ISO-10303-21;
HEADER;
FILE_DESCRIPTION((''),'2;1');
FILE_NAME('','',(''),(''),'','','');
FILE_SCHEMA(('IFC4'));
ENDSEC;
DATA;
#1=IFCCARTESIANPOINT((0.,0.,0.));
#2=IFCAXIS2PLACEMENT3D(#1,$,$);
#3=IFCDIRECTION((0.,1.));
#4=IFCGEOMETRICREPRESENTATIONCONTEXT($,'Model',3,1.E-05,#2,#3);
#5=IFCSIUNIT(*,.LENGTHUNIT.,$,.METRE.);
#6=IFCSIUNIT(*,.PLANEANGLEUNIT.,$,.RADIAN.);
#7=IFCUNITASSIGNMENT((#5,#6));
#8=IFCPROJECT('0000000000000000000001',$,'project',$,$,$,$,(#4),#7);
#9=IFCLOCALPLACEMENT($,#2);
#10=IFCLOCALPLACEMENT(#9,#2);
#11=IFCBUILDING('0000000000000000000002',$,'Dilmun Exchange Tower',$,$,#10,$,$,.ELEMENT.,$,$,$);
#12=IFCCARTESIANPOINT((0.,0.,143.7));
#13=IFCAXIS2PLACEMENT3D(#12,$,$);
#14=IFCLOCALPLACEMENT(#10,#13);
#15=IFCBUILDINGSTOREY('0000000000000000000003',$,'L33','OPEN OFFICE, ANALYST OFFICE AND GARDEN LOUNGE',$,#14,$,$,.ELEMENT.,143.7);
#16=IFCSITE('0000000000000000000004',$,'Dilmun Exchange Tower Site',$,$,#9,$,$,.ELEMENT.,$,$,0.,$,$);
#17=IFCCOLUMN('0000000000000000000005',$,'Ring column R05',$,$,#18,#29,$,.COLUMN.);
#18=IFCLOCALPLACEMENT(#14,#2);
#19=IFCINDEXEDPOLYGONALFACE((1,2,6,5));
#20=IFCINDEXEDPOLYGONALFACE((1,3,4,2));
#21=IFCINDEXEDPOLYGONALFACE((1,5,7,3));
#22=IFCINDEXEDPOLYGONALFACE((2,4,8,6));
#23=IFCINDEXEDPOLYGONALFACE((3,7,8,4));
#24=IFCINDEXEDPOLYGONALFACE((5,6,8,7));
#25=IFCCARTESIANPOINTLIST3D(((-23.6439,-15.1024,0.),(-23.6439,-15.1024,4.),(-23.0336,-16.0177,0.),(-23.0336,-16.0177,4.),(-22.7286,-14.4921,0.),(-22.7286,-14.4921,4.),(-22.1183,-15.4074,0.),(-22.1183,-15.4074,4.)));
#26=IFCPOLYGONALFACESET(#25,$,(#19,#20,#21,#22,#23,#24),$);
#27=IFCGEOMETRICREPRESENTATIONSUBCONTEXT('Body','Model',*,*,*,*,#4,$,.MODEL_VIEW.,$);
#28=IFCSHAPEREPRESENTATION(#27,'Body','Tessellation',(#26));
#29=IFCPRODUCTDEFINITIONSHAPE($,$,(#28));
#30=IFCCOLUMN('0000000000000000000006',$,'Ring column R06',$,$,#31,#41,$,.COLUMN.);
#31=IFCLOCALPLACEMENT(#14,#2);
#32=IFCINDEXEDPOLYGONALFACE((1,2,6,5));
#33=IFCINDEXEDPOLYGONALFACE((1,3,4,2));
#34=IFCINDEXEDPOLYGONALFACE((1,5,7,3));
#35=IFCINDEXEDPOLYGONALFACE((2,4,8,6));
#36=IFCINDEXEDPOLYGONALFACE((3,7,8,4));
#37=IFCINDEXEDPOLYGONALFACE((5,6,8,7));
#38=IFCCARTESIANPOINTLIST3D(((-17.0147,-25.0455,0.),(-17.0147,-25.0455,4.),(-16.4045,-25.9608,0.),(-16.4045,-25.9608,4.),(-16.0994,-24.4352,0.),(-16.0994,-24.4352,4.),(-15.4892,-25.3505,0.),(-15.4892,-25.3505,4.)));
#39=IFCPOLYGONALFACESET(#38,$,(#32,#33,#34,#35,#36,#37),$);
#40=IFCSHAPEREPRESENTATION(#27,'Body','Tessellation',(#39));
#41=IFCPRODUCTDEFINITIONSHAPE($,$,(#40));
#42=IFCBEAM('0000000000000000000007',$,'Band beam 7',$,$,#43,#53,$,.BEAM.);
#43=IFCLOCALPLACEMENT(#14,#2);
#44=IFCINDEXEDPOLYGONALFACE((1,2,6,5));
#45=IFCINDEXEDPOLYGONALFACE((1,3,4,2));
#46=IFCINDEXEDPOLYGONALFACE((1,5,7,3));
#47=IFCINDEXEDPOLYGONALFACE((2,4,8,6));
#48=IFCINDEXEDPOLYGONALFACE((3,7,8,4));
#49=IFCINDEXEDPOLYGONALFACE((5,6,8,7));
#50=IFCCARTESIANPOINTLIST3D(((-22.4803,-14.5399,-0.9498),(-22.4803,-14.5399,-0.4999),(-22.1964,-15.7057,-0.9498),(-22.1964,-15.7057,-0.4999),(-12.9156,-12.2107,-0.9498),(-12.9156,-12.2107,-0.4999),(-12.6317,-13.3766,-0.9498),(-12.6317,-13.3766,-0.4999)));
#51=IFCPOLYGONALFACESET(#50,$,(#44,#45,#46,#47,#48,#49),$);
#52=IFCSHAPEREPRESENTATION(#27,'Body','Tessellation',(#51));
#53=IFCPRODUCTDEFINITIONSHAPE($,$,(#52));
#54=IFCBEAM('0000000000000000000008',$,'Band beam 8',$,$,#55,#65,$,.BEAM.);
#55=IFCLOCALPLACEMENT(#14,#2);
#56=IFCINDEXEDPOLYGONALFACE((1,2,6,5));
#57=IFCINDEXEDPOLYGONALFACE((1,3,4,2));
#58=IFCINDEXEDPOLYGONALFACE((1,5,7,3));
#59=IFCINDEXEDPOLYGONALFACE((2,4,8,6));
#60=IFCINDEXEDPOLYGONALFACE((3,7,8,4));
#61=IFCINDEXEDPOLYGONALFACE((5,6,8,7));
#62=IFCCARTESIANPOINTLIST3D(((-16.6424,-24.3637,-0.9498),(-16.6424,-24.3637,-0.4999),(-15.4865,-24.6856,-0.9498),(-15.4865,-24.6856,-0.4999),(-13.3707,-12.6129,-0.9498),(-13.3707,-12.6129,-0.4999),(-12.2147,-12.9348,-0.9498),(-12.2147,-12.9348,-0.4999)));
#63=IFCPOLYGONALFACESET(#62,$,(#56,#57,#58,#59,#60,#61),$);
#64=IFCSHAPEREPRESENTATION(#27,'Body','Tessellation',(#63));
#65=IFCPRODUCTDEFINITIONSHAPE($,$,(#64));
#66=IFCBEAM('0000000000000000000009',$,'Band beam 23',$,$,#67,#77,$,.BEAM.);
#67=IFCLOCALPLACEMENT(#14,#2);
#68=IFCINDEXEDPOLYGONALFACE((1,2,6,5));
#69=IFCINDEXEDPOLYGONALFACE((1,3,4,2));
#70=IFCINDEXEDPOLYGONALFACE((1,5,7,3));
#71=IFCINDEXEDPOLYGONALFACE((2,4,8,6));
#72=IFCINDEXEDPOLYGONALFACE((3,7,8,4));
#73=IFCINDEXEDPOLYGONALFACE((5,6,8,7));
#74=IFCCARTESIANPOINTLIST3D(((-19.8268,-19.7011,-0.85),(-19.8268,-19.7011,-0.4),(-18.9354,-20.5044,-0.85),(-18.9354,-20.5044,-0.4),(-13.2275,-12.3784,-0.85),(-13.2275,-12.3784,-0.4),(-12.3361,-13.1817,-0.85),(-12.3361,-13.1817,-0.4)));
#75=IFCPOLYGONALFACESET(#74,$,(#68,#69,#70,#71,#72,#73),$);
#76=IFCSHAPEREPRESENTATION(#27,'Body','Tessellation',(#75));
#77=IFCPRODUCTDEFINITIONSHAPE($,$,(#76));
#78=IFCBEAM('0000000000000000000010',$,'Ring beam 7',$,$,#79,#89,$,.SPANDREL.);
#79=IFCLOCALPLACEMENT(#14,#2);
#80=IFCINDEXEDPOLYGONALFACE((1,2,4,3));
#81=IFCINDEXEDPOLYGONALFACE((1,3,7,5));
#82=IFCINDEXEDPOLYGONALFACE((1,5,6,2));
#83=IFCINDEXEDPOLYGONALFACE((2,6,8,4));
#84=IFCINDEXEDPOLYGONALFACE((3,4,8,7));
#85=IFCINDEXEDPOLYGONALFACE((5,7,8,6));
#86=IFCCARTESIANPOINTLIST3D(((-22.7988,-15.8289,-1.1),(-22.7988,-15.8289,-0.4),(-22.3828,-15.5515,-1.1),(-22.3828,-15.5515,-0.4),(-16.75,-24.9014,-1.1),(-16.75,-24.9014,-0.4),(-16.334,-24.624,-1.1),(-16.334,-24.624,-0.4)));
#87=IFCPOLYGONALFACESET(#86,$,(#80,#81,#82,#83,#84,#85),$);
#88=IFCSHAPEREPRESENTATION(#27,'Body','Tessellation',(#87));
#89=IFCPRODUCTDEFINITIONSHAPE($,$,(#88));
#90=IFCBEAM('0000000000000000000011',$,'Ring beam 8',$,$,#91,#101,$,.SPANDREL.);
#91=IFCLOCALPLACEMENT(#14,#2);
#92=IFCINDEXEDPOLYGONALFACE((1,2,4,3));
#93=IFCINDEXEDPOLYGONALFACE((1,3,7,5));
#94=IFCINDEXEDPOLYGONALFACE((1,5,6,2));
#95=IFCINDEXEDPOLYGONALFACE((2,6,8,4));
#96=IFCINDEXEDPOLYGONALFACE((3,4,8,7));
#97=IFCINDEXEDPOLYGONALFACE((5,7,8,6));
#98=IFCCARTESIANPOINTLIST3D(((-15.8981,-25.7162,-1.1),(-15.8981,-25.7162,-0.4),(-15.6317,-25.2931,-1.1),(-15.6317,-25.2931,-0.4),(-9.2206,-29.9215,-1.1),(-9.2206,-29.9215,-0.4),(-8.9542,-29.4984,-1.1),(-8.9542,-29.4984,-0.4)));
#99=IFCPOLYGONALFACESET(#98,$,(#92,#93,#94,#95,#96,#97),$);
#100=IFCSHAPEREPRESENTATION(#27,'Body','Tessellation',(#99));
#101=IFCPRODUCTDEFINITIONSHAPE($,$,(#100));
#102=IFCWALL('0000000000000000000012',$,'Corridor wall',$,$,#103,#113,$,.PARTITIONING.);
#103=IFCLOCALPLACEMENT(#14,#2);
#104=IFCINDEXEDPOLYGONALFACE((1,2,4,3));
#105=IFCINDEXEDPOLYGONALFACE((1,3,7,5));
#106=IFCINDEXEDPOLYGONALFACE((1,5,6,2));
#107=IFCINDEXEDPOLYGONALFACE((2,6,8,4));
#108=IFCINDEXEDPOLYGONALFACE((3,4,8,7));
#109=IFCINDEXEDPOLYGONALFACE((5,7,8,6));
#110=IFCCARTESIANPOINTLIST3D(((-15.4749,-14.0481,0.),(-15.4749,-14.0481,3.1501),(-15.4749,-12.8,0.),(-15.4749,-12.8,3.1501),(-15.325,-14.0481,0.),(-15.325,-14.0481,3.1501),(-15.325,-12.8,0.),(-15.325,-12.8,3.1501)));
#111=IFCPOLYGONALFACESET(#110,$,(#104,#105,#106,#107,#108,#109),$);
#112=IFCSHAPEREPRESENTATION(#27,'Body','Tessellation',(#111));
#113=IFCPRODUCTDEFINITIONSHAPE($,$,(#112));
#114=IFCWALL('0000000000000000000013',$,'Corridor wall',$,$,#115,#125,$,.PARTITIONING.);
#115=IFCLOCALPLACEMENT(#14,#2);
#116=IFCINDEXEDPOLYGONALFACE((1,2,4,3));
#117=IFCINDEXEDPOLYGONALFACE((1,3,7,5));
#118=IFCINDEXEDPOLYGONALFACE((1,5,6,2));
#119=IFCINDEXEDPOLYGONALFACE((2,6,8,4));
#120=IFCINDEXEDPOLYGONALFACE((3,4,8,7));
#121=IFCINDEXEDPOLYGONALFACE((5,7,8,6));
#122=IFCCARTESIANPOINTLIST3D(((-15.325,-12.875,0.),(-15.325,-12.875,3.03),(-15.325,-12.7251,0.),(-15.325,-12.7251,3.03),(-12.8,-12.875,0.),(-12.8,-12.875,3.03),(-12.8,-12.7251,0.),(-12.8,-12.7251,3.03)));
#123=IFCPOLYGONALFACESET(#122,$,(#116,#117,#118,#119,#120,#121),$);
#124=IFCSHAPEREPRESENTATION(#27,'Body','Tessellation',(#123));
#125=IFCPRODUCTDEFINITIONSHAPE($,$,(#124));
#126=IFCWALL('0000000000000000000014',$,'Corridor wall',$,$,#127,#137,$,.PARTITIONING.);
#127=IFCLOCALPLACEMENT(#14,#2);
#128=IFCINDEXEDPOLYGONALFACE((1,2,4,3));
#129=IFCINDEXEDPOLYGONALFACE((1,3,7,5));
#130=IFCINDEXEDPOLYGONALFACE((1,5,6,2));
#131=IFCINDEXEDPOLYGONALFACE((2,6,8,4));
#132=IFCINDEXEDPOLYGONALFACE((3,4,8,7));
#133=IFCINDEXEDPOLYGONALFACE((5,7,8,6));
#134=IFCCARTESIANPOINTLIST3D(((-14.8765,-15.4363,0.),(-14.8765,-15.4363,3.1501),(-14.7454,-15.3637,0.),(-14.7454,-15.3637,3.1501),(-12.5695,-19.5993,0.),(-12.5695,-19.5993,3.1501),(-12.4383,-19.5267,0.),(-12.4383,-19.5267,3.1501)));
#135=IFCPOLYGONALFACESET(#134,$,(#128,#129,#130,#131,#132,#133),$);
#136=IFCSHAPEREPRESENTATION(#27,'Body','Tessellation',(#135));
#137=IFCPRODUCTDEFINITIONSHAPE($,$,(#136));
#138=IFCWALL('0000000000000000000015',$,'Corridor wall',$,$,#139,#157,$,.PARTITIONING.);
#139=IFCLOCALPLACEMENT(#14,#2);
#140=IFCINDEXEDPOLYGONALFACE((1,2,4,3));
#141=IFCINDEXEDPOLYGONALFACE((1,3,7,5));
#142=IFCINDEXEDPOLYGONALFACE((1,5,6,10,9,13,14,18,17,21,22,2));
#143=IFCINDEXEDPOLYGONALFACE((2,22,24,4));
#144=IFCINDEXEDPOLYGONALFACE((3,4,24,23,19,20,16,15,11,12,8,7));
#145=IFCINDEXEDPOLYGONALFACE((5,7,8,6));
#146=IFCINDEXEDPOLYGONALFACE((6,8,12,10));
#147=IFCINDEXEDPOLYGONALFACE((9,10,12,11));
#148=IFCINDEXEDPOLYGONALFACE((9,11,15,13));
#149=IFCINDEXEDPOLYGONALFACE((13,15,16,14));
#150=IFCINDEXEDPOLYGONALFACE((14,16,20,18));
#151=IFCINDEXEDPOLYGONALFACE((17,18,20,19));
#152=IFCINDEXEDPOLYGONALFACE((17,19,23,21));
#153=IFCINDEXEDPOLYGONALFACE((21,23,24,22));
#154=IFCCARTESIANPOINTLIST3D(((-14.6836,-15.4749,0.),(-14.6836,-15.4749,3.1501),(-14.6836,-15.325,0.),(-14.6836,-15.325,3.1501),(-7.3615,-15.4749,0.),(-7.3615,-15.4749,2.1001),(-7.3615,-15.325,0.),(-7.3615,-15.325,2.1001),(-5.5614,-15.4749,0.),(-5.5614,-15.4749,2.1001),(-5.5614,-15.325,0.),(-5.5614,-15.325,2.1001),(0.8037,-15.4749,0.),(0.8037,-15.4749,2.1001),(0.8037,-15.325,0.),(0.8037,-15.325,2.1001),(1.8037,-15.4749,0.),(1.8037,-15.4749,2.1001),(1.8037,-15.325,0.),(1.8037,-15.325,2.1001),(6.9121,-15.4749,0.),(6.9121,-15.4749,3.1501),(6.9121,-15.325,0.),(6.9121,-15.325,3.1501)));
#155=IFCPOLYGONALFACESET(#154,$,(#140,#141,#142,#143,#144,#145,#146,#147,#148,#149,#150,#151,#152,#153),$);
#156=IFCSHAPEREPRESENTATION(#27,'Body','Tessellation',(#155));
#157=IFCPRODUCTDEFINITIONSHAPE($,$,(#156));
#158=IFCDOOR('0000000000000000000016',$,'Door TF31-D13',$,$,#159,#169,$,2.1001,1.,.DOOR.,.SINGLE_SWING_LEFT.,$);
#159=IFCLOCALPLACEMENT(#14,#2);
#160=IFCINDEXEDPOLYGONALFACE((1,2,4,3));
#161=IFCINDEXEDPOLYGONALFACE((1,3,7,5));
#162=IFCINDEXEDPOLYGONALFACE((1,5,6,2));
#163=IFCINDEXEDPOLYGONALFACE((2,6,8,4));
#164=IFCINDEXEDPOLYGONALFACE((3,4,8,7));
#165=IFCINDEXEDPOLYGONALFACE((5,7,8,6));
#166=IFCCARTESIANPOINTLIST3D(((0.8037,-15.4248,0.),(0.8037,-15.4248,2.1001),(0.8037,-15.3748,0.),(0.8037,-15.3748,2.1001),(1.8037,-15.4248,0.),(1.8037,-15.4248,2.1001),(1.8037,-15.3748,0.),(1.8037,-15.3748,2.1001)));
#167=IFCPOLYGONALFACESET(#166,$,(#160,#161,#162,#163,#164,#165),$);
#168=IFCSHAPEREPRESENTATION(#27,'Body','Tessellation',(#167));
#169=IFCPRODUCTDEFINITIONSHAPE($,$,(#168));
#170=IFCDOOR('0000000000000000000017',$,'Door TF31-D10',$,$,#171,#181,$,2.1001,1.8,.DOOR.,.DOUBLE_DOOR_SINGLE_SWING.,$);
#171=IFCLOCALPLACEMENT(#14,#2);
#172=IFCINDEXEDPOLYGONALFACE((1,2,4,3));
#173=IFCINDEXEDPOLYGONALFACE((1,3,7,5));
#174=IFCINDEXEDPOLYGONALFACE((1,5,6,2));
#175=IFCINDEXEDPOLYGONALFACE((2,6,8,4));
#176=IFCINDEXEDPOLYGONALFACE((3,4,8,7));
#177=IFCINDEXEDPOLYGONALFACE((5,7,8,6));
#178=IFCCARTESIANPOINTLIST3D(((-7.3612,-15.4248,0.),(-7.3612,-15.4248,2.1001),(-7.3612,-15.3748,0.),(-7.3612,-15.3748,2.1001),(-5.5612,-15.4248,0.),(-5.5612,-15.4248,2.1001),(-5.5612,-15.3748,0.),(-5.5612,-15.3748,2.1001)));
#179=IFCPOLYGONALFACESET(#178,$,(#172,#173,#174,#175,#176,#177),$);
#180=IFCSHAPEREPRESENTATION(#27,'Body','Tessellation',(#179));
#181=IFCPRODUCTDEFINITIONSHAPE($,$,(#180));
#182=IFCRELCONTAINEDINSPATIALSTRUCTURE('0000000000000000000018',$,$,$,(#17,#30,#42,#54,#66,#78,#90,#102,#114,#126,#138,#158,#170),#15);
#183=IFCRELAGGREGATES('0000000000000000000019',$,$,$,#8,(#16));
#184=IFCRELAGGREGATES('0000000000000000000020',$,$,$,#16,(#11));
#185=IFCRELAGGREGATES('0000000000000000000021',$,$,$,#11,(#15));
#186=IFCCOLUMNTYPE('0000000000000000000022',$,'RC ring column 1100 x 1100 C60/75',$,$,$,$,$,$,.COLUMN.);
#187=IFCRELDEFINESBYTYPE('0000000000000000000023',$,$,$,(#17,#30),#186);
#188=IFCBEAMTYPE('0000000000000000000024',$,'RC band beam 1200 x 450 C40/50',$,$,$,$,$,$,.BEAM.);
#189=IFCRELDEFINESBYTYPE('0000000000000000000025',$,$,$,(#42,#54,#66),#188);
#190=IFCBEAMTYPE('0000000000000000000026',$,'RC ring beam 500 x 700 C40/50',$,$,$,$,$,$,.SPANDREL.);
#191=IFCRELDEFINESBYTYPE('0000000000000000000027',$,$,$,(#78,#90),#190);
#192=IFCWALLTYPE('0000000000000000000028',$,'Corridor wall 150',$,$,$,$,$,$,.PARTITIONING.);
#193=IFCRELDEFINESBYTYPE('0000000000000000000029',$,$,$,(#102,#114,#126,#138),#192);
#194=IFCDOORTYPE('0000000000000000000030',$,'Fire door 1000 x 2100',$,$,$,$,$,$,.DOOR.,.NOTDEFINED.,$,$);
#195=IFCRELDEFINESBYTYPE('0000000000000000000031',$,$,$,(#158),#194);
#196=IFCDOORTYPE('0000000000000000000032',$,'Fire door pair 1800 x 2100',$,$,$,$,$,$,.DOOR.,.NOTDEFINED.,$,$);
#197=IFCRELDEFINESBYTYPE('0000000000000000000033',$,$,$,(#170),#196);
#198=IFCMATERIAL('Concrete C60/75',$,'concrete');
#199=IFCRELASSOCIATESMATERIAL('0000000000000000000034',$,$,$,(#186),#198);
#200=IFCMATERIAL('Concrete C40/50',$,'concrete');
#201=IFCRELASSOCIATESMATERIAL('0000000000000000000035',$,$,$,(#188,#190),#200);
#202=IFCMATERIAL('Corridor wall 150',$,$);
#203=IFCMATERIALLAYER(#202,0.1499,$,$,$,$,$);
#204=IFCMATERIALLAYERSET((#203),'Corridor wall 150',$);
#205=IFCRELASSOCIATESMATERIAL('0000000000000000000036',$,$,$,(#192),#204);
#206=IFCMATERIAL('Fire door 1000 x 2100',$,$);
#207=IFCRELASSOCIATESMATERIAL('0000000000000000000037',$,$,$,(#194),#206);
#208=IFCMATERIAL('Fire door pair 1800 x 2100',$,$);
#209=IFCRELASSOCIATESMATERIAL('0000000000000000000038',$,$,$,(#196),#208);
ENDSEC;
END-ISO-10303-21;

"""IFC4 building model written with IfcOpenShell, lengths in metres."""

from ifc_helpers import new_model, si_unit, direction, frame, frame_2d, origin, origin_2d, place, context, subcontext, project, spatial, rectangle, extrude, material, layer, layer_set, material_profile, profile_set, type_object, element, fill, save


model = new_model("IFC4")

# Units and contexts
model_context = context("Model", 3, precision=1e-05, world=origin(), true_north=direction((0.0, 1.0)))
body_context = subcontext(model_context, "Body", "Model", "MODEL_VIEW")
ifc_project = project(units=[si_unit("LENGTHUNIT", "METRE"), si_unit("PLANEANGLEUNIT", "RADIAN")], contexts=[model_context])

# Site, building, storey
site_placement = place(None, origin())
site = spatial("IfcSite", under=ifc_project, at=site_placement, Name="Dilmun Exchange Tower Site", CompositionType="ELEMENT", RefElevation=0.0)
building_placement = place(site_placement, origin())
building = spatial("IfcBuilding", under=site, at=building_placement, Name="Dilmun Exchange Tower", CompositionType="ELEMENT")
storey_placement = place(building_placement, frame((0.0, 0.0, 143.7)))
storey = spatial("IfcBuildingStorey", under=building, at=storey_placement, Name="L33", Description="OPEN OFFICE, ANALYST OFFICE AND GARDEN LOUNGE", CompositionType="ELEMENT", Elevation=143.7)

# Columns
ifc_material_1 = material(Name="Concrete C60/75", Category="concrete")
ifc_material_profile_1 = material_profile(ifc_material_1, rectangle(XDim=1.1001, YDim=1.1001, at=origin_2d()), Name="1100 x 1100")
ifc_profile_set_1 = profile_set([ifc_material_profile_1], Name="Concrete C60/75")
column_type = type_object("IfcColumnType", Name="RC ring column 1100 x 1100 C60/75", PredefinedType="COLUMN", material=ifc_profile_set_1)
for number, where, z_axis, x_axis, name in (
    (1, (-22.8811, -15.2549, 0.0), (0.0, 0.0, 1.0), (0.832029, 0.554733, 0.0), "Ring column R05"),
    (2, (-16.252, -25.198, 0.0), (0.0, 0.0, 1.0), (0.832029, 0.554733, 0.0), "Ring column R06"),
):
    element("IfcColumn", number, at=place(storey_placement, frame(where, z_axis=z_axis, x_axis=x_axis)), inside=storey, type_object=column_type, Name=name, PredefinedType="COLUMN", context=body_context, shape_type="SweptSolid", body=[
        extrude(rectangle(XDim=1.1001, YDim=1.1001, at=origin_2d()), origin(), (0.0, 0.0, 1.0), 4.0),
    ])

# Beams
ifc_material_2 = material(Name="Concrete C40/50", Category="concrete")
ifc_material_profile_2 = material_profile(ifc_material_2, rectangle(XDim=1.2, YDim=0.45, at=origin_2d()), Name="1200 x 450")
ifc_profile_set_2 = profile_set([ifc_material_profile_2], Name="Concrete C40/50")
beam_type_1 = type_object("IfcBeamType", Name="RC band beam 1200 x 450 C40/50", PredefinedType="BEAM", material=ifc_profile_set_2)
beam_1_placement = place(storey_placement, frame((-22.3384, -15.1228, -0.7249), z_axis=(0.971608, 0.236596, 0.0), x_axis=(-0.236596, 0.971608, 0.0)))
element("IfcBeam", 3, at=beam_1_placement, inside=storey, type_object=beam_type_1, Name="Band beam 7", PredefinedType="BEAM", context=body_context, shape_type="SweptSolid", body=[
    extrude(rectangle(XDim=1.2, YDim=0.45, at=origin_2d()), origin(), (0.0, 0.0, 1.0), 9.8442),
])
beam_2_placement = place(storey_placement, frame((-16.0645, -24.5247, -0.7249), z_axis=(0.268225, 0.963356, 0.0), x_axis=(-0.963356, 0.268225, 0.0)))
element("IfcBeam", 4, at=beam_2_placement, inside=storey, type_object=beam_type_1, Name="Band beam 8", PredefinedType="BEAM", context=body_context, shape_type="SweptSolid", body=[
    extrude(rectangle(XDim=1.2, YDim=0.45, at=origin_2d()), origin(), (0.0, 0.0, 1.0), 12.1978),
])
beam_3_placement = place(storey_placement, frame((-19.3811, -20.1028, -0.625), z_axis=(0.669463, 0.742846, 0.0), x_axis=(-0.742846, 0.669463, 0.0)))
element("IfcBeam", 5, at=beam_3_placement, inside=storey, type_object=beam_type_1, Name="Band beam 23", PredefinedType="BEAM", context=body_context, shape_type="SweptSolid", body=[
    extrude(rectangle(XDim=1.2, YDim=0.45, at=origin_2d()), origin(), (0.0, 0.0, 1.0), 9.8577),
])
ifc_material_profile_3 = material_profile(ifc_material_2, rectangle(XDim=0.5, YDim=0.7, at=origin_2d()), Name="500 x 700")
ifc_profile_set_3 = profile_set([ifc_material_profile_3], Name="Concrete C40/50")
beam_type_2 = type_object("IfcBeamType", Name="RC ring beam 500 x 700 C40/50", PredefinedType="SPANDREL", material=ifc_profile_set_3)
beam_4_placement = place(storey_placement, frame((-22.5908, -15.6902, -0.75), z_axis=(0.554731, -0.83203, 0.0), x_axis=(0.83203, 0.554731, 0.0)))
element("IfcBeam", 6, at=beam_4_placement, inside=storey, type_object=beam_type_2, Name="Ring beam 7", PredefinedType="SPANDREL", context=body_context, shape_type="SweptSolid", body=[
    extrude(rectangle(XDim=0.5, YDim=0.7, at=origin_2d()), origin(), (0.0, 0.0, 1.0), 10.9041),
])
beam_5_placement = place(storey_placement, frame((-15.7649, -25.5046, -0.75), z_axis=(0.846177, -0.532902, 0.0), x_axis=(0.532902, 0.846177, 0.0)))
element("IfcBeam", 7, at=beam_5_placement, inside=storey, type_object=beam_type_2, Name="Ring beam 8", PredefinedType="SPANDREL", context=body_context, shape_type="SweptSolid", body=[
    extrude(rectangle(XDim=0.5, YDim=0.7, at=origin_2d()), origin(), (0.0, 0.0, 1.0), 7.8914),
])

# Walls
ifc_material_3 = material(Name="Corridor wall 150")
ifc_layer_1 = layer(ifc_material_3, 0.1499)
ifc_layer_set_1 = layer_set([ifc_layer_1], Name="Corridor wall 150")
wall_type_1 = type_object("IfcWallType", Name="Corridor wall 150", PredefinedType="PARTITIONING", material=ifc_layer_set_1)
wall_1_placement = place(storey_placement, frame((-15.3999, -14.0481, 0.0), z_axis=(0.0, 0.0, 1.0), x_axis=(0.0, 1.0, 0.0)))
element("IfcWall", 8, at=wall_1_placement, inside=storey, type_object=wall_type_1, Name="Corridor wall", PredefinedType="PARTITIONING", context=body_context, shape_type="SweptSolid", body=[
    extrude(rectangle(XDim=1.248, YDim=0.1499, at=frame_2d((0.624, 0.0))), origin(), (0.0, 0.0, 1.0), 3.1501),
])
wall_2_placement = place(storey_placement, frame((-15.325, -12.8, 0.0), z_axis=(0.0, 0.0, 1.0), x_axis=(1.0, 0.0, 0.0)))
element("IfcWall", 9, at=wall_2_placement, inside=storey, type_object=wall_type_1, Name="Corridor wall", PredefinedType="PARTITIONING", context=body_context, shape_type="SweptSolid", body=[
    extrude(rectangle(XDim=2.5249, YDim=0.1499, at=frame_2d((1.2625, 0.0))), origin(), (0.0, 0.0, 1.0), 3.03),
])
wall_3_placement = place(storey_placement, frame((-14.811, -15.3999, 0.0), z_axis=(0.0, 0.0, 1.0), x_axis=(0.484728, -0.874665, 0.0)))
element("IfcWall", 10, at=wall_3_placement, inside=storey, type_object=wall_type_1, Name="Corridor wall", PredefinedType="PARTITIONING", context=body_context, shape_type="SweptSolid", body=[
    extrude(rectangle(XDim=4.7595, YDim=0.1499, at=frame_2d((2.3799, 0.0))), origin(), (0.0, 0.0, 1.0), 3.1501),
])

# Wall, openings, doors
wall_4_placement = place(storey_placement, frame((-14.6836, -15.3999, 0.0), z_axis=(0.0, 0.0, 1.0), x_axis=(1.0, 0.0, 0.0)))
wall_4 = element("IfcWall", 11, at=wall_4_placement, inside=storey, type_object=wall_type_1, Name="Corridor wall", PredefinedType="PARTITIONING", context=body_context, shape_type="SweptSolid", body=[
    extrude(rectangle(XDim=21.5957, YDim=0.1499, at=frame_2d((10.7979, 0.0))), origin(), (0.0, 0.0, 1.0), 3.1501),
])
opening_1_placement = place(wall_4_placement, frame((7.3223, 0.0, 0.0)))
opening_1 = element("IfcOpeningElement", 12, at=opening_1_placement, cuts=wall_4, PredefinedType="OPENING", context=body_context, shape_type="SweptSolid", body=[
    extrude(rectangle(XDim=1.8, YDim=2.1001, at=frame_2d((0.8999, 1.05))), frame((0.0, 0.085, 0.0), z_axis=(0.0, -1.0, 0.0), x_axis=(1.0, 0.0, 0.0)), (0.0, 0.0, 1.0), 0.1699),
])
opening_2_placement = place(wall_4_placement, frame((15.4873, 0.0, 0.0)))
opening_2 = element("IfcOpeningElement", 13, at=opening_2_placement, cuts=wall_4, PredefinedType="OPENING", context=body_context, shape_type="SweptSolid", body=[
    extrude(rectangle(XDim=1.0, YDim=2.1001, at=frame_2d((0.5, 1.05))), frame((0.0, 0.085, 0.0), z_axis=(0.0, -1.0, 0.0), x_axis=(1.0, 0.0, 0.0)), (0.0, 0.0, 1.0), 0.1699),
])
ifc_material_4 = material(Name="Fire door 1000 x 2100")
door_type_1 = type_object("IfcDoorType", Name="Fire door 1000 x 2100", OperationType="NOTDEFINED", PredefinedType="DOOR", material=ifc_material_4)
door_1_placement = place(opening_2_placement, frame((1.0, 0.0, 0.0), z_axis=(0.0, 0.0, 1.0), x_axis=(-1.0, 0.0, 0.0)))
door_1 = element("IfcDoor", 14, at=door_1_placement, inside=storey, type_object=door_type_1, Name="Door TF31-D13", OperationType="SINGLE_SWING_LEFT", OverallHeight=2.1001, OverallWidth=1.0, PredefinedType="DOOR", context=body_context, shape_type="SweptSolid", body=[
    extrude(rectangle(XDim=1.0, YDim=2.1001, at=frame_2d((0.5, 1.05))), frame((0.0, 0.0249, 0.0), z_axis=(0.0, -1.0, 0.0), x_axis=(1.0, 0.0, 0.0)), (0.0, 0.0, 1.0), 0.05),
])
fill(opening_2, door_1)
ifc_material_5 = material(Name="Fire door pair 1800 x 2100")
door_type_2 = type_object("IfcDoorType", Name="Fire door pair 1800 x 2100", OperationType="NOTDEFINED", PredefinedType="DOOR", material=ifc_material_5)
door_2_placement = place(opening_1_placement, frame((1.8, 0.0, 0.0), z_axis=(0.0, 0.0, 1.0), x_axis=(-1.0, 0.0, 0.0)))
door_2 = element("IfcDoor", 15, at=door_2_placement, inside=storey, type_object=door_type_2, Name="Door TF31-D10", OperationType="DOUBLE_DOOR_SINGLE_SWING", OverallHeight=2.1001, OverallWidth=1.8, PredefinedType="DOOR", context=body_context, shape_type="SweptSolid", body=[
    extrude(rectangle(XDim=1.8, YDim=2.1001, at=frame_2d((0.8999, 1.05))), frame((0.0, 0.0249, 0.0), z_axis=(0.0, -1.0, 0.0), x_axis=(1.0, 0.0, 0.0)), (0.0, 0.0, 1.0), 0.05),
])
fill(opening_1, door_2)

save(model, "model.ifc")
